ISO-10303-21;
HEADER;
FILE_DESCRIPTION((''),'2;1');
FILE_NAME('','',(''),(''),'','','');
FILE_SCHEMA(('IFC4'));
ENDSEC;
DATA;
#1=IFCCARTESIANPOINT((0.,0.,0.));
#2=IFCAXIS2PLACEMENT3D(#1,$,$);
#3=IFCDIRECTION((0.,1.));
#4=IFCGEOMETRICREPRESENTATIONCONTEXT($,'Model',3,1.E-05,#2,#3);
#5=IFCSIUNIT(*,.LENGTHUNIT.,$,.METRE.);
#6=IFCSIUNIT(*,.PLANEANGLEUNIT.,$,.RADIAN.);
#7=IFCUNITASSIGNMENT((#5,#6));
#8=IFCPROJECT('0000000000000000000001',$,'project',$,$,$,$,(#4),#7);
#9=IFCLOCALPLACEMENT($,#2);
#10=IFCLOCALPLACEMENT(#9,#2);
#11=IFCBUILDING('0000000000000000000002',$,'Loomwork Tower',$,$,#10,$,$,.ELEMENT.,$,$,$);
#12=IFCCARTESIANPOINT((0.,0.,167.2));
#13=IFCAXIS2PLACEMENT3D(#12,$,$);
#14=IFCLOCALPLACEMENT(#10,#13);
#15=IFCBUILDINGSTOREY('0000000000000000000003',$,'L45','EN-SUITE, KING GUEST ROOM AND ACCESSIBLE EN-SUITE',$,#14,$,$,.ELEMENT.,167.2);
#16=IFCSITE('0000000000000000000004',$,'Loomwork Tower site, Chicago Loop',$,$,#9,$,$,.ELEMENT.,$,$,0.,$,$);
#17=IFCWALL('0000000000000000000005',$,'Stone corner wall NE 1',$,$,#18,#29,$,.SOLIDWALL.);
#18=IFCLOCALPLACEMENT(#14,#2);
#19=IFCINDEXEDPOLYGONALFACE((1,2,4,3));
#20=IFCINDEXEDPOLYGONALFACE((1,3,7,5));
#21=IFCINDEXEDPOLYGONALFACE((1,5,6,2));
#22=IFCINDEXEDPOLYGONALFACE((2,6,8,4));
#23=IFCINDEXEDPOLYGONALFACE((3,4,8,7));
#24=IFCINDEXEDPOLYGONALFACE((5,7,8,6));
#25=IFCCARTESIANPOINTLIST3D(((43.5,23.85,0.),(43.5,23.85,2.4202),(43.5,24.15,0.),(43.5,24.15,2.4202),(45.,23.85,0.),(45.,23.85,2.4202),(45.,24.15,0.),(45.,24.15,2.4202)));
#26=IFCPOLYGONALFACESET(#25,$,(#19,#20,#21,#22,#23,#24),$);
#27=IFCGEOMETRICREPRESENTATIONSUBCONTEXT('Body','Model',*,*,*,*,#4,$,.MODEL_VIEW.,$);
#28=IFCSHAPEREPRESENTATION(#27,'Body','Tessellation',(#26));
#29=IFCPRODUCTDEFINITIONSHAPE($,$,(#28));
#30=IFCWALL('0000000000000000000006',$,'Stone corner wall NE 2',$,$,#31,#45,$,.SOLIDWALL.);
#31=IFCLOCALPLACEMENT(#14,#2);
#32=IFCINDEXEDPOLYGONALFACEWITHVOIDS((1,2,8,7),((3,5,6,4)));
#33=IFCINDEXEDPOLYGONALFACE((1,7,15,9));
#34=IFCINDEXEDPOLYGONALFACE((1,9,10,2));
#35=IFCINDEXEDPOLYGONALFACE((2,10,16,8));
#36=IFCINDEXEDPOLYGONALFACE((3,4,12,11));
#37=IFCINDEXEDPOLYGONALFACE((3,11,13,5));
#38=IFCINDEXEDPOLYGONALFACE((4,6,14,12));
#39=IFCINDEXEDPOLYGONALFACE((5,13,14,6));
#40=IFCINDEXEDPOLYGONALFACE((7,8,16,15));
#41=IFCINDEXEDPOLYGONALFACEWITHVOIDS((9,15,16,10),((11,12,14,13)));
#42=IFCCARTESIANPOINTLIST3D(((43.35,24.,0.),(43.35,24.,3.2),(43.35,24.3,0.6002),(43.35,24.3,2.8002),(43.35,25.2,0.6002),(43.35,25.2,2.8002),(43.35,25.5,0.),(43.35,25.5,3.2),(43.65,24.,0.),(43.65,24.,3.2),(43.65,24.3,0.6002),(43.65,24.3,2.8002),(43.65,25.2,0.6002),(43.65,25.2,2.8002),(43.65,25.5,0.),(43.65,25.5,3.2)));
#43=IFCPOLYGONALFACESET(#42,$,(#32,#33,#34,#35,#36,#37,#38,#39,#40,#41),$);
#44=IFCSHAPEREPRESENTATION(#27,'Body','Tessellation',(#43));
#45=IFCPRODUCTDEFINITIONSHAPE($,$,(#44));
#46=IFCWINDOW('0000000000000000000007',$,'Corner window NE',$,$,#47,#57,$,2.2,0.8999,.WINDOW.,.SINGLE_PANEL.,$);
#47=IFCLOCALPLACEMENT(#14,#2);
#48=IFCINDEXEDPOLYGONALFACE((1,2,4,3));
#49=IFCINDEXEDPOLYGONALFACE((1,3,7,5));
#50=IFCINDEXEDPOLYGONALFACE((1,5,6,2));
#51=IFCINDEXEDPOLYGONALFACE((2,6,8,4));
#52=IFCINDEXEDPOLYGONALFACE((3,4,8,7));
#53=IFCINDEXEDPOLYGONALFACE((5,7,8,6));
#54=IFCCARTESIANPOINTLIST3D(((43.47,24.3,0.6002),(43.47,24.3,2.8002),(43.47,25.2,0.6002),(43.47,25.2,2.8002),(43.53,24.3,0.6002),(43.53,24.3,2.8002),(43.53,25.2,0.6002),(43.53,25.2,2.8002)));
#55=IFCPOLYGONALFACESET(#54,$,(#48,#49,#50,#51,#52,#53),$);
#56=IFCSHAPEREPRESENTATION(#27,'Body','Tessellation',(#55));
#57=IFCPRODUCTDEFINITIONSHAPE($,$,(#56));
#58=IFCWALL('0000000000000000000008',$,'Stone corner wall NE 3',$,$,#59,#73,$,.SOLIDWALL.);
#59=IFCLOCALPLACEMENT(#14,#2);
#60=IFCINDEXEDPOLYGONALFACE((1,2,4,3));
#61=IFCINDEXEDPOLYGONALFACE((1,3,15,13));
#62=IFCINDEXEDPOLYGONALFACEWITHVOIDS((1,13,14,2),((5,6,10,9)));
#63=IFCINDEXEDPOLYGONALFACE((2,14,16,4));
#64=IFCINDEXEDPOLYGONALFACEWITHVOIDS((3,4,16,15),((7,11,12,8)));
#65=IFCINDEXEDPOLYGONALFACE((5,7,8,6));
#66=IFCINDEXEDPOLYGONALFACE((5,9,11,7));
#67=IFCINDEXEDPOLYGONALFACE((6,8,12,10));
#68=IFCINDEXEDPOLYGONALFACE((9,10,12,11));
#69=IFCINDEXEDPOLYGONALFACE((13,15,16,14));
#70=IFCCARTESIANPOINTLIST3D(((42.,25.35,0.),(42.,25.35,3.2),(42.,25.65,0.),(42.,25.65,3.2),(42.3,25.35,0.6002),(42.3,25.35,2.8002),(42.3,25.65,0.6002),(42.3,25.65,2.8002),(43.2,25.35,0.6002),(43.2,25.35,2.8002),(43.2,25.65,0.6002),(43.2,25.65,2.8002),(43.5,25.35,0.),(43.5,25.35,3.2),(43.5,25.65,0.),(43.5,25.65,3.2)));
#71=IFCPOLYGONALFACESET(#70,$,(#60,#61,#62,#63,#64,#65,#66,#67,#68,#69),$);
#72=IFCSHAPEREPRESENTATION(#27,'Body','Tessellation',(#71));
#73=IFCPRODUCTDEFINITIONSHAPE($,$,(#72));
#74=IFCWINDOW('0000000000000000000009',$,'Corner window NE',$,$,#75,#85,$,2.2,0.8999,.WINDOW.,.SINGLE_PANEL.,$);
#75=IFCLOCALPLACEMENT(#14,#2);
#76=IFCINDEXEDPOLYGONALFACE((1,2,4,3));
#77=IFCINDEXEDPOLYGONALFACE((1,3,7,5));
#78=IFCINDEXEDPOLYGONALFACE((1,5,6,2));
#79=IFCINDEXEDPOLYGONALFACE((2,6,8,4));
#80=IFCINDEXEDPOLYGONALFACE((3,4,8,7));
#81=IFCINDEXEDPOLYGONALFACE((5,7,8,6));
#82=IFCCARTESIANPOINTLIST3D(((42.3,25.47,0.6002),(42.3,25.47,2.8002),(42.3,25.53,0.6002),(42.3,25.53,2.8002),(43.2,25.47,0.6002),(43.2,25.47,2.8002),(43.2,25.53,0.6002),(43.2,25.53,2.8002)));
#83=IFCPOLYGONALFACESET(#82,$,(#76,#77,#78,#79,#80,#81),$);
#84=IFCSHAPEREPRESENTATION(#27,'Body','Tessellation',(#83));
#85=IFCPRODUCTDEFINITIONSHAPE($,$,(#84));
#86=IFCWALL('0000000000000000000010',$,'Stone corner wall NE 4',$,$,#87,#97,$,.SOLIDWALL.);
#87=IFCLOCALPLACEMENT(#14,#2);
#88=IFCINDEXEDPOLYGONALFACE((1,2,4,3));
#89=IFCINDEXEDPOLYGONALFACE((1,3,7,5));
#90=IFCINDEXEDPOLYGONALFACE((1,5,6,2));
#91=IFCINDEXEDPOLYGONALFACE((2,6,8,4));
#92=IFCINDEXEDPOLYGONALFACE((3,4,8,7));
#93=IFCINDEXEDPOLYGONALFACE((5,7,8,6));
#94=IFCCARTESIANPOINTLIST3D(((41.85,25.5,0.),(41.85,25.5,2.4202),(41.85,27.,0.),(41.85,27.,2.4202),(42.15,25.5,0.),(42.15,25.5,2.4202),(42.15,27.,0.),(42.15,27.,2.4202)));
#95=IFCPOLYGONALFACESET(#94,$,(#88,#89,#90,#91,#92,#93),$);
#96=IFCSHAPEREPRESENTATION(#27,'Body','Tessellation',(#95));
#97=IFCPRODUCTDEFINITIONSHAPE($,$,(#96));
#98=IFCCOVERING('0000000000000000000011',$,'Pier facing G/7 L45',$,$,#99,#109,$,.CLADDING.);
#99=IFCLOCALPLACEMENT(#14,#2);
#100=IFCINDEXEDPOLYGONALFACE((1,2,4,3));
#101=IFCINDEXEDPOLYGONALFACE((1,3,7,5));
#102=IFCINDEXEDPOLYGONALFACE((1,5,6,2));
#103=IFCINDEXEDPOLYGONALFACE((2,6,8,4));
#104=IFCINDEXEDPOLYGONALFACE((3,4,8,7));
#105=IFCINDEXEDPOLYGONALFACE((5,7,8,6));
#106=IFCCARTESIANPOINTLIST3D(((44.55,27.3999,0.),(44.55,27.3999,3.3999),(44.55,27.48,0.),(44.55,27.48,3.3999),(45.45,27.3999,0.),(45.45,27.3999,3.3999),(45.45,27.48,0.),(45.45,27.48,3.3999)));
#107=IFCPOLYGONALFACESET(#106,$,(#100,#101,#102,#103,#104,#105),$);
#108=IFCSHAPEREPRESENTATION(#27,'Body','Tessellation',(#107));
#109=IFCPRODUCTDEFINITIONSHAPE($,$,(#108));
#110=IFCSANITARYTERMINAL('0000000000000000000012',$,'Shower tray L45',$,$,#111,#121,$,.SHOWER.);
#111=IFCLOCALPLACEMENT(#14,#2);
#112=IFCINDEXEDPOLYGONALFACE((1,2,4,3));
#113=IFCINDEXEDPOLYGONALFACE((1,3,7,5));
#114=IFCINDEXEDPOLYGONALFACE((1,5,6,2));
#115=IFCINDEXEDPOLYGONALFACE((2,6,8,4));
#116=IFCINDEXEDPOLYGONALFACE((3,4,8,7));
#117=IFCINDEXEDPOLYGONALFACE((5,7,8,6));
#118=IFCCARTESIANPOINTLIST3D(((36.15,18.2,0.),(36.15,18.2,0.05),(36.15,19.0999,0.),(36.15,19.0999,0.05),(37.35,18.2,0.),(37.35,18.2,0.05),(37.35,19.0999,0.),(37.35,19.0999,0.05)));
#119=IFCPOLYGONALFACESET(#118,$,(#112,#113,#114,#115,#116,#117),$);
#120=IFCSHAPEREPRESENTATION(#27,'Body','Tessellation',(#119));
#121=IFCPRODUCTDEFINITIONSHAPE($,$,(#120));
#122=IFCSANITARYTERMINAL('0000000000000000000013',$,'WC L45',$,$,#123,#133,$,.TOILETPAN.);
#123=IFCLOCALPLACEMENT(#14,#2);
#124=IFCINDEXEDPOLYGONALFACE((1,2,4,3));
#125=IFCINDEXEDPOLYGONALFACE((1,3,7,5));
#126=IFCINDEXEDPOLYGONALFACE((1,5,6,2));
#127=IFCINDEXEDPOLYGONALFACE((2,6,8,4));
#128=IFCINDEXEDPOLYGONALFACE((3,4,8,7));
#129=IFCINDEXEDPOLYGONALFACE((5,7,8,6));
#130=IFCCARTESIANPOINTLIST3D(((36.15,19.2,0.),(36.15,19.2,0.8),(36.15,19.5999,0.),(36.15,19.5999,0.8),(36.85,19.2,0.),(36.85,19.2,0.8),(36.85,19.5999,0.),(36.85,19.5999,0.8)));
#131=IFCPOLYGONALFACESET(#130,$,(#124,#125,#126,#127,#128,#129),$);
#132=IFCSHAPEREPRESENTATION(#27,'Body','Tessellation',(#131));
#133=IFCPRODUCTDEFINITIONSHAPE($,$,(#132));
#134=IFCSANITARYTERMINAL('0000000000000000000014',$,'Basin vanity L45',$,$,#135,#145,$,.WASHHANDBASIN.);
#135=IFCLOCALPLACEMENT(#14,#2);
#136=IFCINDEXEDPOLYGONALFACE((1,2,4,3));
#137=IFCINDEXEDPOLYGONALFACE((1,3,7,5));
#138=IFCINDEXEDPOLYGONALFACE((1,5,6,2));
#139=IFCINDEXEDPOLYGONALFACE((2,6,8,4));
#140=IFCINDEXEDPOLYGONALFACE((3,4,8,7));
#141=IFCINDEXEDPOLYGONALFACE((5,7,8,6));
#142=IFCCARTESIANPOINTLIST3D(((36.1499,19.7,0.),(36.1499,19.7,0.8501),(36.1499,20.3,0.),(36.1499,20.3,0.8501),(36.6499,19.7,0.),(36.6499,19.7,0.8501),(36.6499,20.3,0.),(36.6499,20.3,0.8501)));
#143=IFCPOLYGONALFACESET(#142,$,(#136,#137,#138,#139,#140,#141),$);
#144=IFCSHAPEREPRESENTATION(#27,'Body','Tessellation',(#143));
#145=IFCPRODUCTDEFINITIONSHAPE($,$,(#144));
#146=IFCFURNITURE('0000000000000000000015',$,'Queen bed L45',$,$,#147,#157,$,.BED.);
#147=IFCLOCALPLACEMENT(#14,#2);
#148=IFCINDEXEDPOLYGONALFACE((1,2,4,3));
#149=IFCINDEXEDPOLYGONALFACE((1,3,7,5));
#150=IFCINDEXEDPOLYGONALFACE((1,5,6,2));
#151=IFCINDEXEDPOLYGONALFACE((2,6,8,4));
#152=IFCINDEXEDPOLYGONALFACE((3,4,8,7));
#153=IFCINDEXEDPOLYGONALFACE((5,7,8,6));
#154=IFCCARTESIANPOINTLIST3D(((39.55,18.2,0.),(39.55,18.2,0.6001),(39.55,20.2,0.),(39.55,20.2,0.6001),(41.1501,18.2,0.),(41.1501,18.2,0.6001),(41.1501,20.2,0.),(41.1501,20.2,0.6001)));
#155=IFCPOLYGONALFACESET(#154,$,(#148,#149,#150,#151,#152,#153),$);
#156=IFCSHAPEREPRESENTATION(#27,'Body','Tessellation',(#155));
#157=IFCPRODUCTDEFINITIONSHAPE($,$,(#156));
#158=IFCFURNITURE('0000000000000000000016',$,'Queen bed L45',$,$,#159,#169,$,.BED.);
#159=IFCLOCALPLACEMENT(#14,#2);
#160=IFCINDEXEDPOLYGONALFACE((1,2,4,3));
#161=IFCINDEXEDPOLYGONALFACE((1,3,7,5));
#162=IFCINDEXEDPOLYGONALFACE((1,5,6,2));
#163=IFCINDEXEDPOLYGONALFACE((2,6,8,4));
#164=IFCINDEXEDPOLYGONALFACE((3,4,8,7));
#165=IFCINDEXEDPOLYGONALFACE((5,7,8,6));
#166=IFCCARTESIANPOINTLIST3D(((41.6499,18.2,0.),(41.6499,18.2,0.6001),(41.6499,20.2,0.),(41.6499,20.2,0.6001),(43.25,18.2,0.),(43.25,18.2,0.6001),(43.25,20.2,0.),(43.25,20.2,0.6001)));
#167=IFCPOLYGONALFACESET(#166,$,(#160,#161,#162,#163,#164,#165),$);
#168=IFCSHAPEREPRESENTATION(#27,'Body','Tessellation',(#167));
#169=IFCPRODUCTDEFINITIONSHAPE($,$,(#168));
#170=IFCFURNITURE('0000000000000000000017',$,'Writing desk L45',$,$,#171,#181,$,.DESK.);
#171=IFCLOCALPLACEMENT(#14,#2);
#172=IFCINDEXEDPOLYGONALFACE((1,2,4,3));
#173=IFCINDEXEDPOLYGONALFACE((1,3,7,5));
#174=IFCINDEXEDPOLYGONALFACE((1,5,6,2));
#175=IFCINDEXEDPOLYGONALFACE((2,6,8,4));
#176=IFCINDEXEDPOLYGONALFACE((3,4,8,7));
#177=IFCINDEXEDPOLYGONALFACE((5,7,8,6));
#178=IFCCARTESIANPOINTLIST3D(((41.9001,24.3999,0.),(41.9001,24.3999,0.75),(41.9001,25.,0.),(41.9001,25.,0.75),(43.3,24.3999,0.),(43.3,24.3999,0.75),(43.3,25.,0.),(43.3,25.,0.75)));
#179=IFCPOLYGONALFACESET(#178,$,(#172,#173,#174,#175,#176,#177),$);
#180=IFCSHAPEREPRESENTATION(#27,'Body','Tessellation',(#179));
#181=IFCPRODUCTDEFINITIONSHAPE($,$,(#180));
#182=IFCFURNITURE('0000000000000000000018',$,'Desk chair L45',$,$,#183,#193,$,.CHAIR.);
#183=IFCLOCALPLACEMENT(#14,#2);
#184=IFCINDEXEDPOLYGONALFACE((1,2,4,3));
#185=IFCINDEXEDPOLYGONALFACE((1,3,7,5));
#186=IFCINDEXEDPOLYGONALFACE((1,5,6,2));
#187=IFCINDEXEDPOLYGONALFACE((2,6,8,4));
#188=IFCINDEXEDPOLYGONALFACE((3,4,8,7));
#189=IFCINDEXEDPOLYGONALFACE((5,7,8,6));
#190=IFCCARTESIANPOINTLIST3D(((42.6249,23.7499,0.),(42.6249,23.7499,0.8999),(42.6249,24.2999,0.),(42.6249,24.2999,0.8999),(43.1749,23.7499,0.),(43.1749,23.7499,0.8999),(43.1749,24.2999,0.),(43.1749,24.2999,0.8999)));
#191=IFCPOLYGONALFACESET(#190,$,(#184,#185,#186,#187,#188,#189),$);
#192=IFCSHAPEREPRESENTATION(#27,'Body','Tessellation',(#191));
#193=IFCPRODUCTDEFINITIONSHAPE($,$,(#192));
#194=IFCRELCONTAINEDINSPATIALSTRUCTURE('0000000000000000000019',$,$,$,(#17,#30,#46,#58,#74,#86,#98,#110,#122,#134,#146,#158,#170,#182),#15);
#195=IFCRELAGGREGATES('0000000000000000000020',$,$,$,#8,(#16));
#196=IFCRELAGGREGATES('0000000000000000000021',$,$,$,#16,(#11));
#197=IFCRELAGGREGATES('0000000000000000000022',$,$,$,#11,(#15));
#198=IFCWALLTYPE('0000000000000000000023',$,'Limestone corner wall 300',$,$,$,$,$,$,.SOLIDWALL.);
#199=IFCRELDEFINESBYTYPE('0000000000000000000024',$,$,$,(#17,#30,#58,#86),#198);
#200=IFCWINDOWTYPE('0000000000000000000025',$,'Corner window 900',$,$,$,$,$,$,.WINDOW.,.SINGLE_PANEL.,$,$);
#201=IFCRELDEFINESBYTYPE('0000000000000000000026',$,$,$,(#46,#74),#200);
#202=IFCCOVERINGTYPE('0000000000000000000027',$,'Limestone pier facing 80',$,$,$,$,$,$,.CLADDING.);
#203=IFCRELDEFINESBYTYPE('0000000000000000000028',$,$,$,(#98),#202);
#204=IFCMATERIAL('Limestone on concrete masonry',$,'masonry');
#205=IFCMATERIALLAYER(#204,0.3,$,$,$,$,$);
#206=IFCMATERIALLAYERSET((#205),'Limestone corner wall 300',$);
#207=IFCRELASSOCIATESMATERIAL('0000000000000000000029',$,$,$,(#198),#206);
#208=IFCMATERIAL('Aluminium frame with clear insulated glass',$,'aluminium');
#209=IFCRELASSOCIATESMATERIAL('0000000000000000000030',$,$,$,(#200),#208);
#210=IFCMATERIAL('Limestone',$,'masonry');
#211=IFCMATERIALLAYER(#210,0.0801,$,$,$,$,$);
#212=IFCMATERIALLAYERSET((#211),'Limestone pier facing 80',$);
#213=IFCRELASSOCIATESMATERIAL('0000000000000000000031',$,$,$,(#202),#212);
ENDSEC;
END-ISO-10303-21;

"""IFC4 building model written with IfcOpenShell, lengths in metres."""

from ifc_helpers import new_model, si_unit, direction, frame, frame_2d, origin, origin_2d, place, context, subcontext, project, spatial, rectangle, extrude, material, layer, layer_set, type_object, element, fill, save


model = new_model("IFC4")

# Units and contexts
model_context = context("Model", 3, precision=1e-05, world=origin(), true_north=direction((0.0, 1.0)))
body_context = subcontext(model_context, "Body", "Model", "MODEL_VIEW")
ifc_project = project(units=[si_unit("LENGTHUNIT", "METRE"), si_unit("PLANEANGLEUNIT", "RADIAN")], contexts=[model_context])

# Site, building, storey
site_placement = place(None, origin())
site = spatial("IfcSite", under=ifc_project, at=site_placement, Name="Loomwork Tower site, Chicago Loop", CompositionType="ELEMENT", RefElevation=0.0)
building_placement = place(site_placement, origin())
building = spatial("IfcBuilding", under=site, at=building_placement, Name="Loomwork Tower", CompositionType="ELEMENT")
storey_placement = place(building_placement, frame((0.0, 0.0, 167.2)))
storey = spatial("IfcBuildingStorey", under=building, at=storey_placement, Name="L45", Description="EN-SUITE, KING GUEST ROOM AND ACCESSIBLE EN-SUITE", CompositionType="ELEMENT", Elevation=167.2)

# Wall
ifc_material_1 = material(Name="Limestone on concrete masonry", Category="masonry")
ifc_layer_1 = layer(ifc_material_1, 0.3)
ifc_layer_set_1 = layer_set([ifc_layer_1], Name="Limestone corner wall 300")
wall_type = type_object("IfcWallType", Name="Limestone corner wall 300", PredefinedType="SOLIDWALL", material=ifc_layer_set_1)
wall_1_placement = place(storey_placement, frame((45.0, 24.0, 0.0), z_axis=(0.0, 0.0, 1.0), x_axis=(-1.0, 0.0, 0.0)))
element("IfcWall", 1, at=wall_1_placement, inside=storey, type_object=wall_type, Name="Stone corner wall NE 1", PredefinedType="SOLIDWALL", context=body_context, shape_type="SweptSolid", body=[
    extrude(rectangle(XDim=1.5, YDim=0.3, at=frame_2d((0.75, 0.0))), origin(), (0.0, 0.0, 1.0), 2.4202),
])

# Walls, openings, windows
wall_2_placement = place(storey_placement, frame((43.5, 24.0, 0.0), z_axis=(0.0, 0.0, 1.0), x_axis=(0.0, 1.0, 0.0)))
wall_2 = element("IfcWall", 2, at=wall_2_placement, inside=storey, type_object=wall_type, Name="Stone corner wall NE 2", PredefinedType="SOLIDWALL", context=body_context, shape_type="SweptSolid", body=[
    extrude(rectangle(XDim=1.5, YDim=0.3, at=frame_2d((0.75, 0.0))), origin(), (0.0, 0.0, 1.0), 3.2),
])
opening_1_placement = place(wall_2_placement, frame((0.3, 0.0, 0.6001)))
opening_1 = element("IfcOpeningElement", 3, at=opening_1_placement, cuts=wall_2, PredefinedType="OPENING", context=body_context, shape_type="SweptSolid", body=[
    extrude(rectangle(XDim=0.8999, YDim=2.2, at=frame_2d((0.45, 1.1001))), frame((0.0, 0.1599, 0.0), z_axis=(0.0, -1.0, 0.0), x_axis=(1.0, 0.0, 0.0)), (0.0, 0.0, 1.0), 0.3201),
])
ifc_material_2 = material(Name="Aluminium frame with clear insulated glass", Category="aluminium")
window_type = type_object("IfcWindowType", Name="Corner window 900", PartitioningType="SINGLE_PANEL", PredefinedType="WINDOW", material=ifc_material_2)
window_1_placement = place(opening_1_placement, origin())
window_1 = element("IfcWindow", 4, at=window_1_placement, inside=storey, type_object=window_type, Name="Corner window NE", OverallHeight=2.2, OverallWidth=0.8999, PartitioningType="SINGLE_PANEL", PredefinedType="WINDOW", context=body_context, shape_type="SweptSolid", body=[
    extrude(rectangle(XDim=0.8999, YDim=2.2, at=frame_2d((0.45, 1.1001))), frame((0.0, 0.03, 0.0), z_axis=(0.0, -1.0, 0.0), x_axis=(1.0, 0.0, 0.0)), (0.0, 0.0, 1.0), 0.0601),
])
fill(opening_1, window_1)
wall_3_placement = place(storey_placement, frame((43.5, 25.5, 0.0), z_axis=(0.0, 0.0, 1.0), x_axis=(-1.0, 0.0, 0.0)))
wall_3 = element("IfcWall", 5, at=wall_3_placement, inside=storey, type_object=wall_type, Name="Stone corner wall NE 3", PredefinedType="SOLIDWALL", context=body_context, shape_type="SweptSolid", body=[
    extrude(rectangle(XDim=1.5, YDim=0.3, at=frame_2d((0.75, 0.0))), origin(), (0.0, 0.0, 1.0), 3.2),
])
opening_2_placement = place(wall_3_placement, frame((0.3, 0.0, 0.6001)))
opening_2 = element("IfcOpeningElement", 6, at=opening_2_placement, cuts=wall_3, PredefinedType="OPENING", context=body_context, shape_type="SweptSolid", body=[
    extrude(rectangle(XDim=0.8999, YDim=2.2, at=frame_2d((0.45, 1.1001))), frame((0.0, 0.1599, 0.0), z_axis=(0.0, -1.0, 0.0), x_axis=(1.0, 0.0, 0.0)), (0.0, 0.0, 1.0), 0.3201),
])
window_2_placement = place(opening_2_placement, origin())
window_2 = element("IfcWindow", 7, at=window_2_placement, inside=storey, type_object=window_type, Name="Corner window NE", OverallHeight=2.2, OverallWidth=0.8999, PartitioningType="SINGLE_PANEL", PredefinedType="WINDOW", context=body_context, shape_type="SweptSolid", body=[
    extrude(rectangle(XDim=0.8999, YDim=2.2, at=frame_2d((0.45, 1.1001))), frame((0.0, 0.03, 0.0), z_axis=(0.0, -1.0, 0.0), x_axis=(1.0, 0.0, 0.0)), (0.0, 0.0, 1.0), 0.0601),
])
fill(opening_2, window_2)

# Wall
wall_4_placement = place(storey_placement, frame((42.0, 25.5, 0.0), z_axis=(0.0, 0.0, 1.0), x_axis=(0.0, 1.0, 0.0)))
element("IfcWall", 8, at=wall_4_placement, inside=storey, type_object=wall_type, Name="Stone corner wall NE 4", PredefinedType="SOLIDWALL", context=body_context, shape_type="SweptSolid", body=[
    extrude(rectangle(XDim=1.5, YDim=0.3, at=frame_2d((0.75, 0.0))), origin(), (0.0, 0.0, 1.0), 2.4202),
])

# Covering
ifc_material_3 = material(Name="Limestone", Category="masonry")
ifc_layer_2 = layer(ifc_material_3, 0.0801)
ifc_layer_set_2 = layer_set([ifc_layer_2], Name="Limestone pier facing 80")
covering_type = type_object("IfcCoveringType", Name="Limestone pier facing 80", PredefinedType="CLADDING", material=ifc_layer_set_2)
covering_placement = place(storey_placement, frame((45.0, 27.4399, 0.0), z_axis=(0.0, 0.0, 1.0), x_axis=(1.0, 0.0, 0.0)))
element("IfcCovering", 9, at=covering_placement, inside=storey, type_object=covering_type, Name="Pier facing G/7 L45", PredefinedType="CLADDING", context=body_context, shape_type="SweptSolid", body=[
    extrude(rectangle(XDim=0.8999, YDim=0.0801, at=origin_2d()), origin(), (0.0, 0.0, 1.0), 3.3999),
])

# Sanitary terminals
sanitary_terminal_1_placement = place(storey_placement, frame((36.75, 18.6499, 0.0), z_axis=(0.0, 0.0, 1.0), x_axis=(1.0, 0.0, 0.0)))
element("IfcSanitaryTerminal", 10, at=sanitary_terminal_1_placement, inside=storey, Name="Shower tray L45", PredefinedType="SHOWER", context=body_context, shape_type="SweptSolid", body=[
    extrude(rectangle(XDim=1.2, YDim=0.8999, at=origin_2d()), origin(), (0.0, 0.0, 1.0), 0.05),
])
sanitary_terminal_2_placement = place(storey_placement, frame((36.5, 19.3999, 0.0), z_axis=(0.0, 0.0, 1.0), x_axis=(1.0, 0.0, 0.0)))
element("IfcSanitaryTerminal", 11, at=sanitary_terminal_2_placement, inside=storey, Name="WC L45", PredefinedType="TOILETPAN", context=body_context, shape_type="SweptSolid", body=[
    extrude(rectangle(XDim=0.7, YDim=0.3999, at=origin_2d()), origin(), (0.0, 0.0, 1.0), 0.8),
])
sanitary_terminal_3_placement = place(storey_placement, frame((36.3999, 20.0, 0.0), z_axis=(0.0, 0.0, 1.0), x_axis=(1.0, 0.0, 0.0)))
element("IfcSanitaryTerminal", 12, at=sanitary_terminal_3_placement, inside=storey, Name="Basin vanity L45", PredefinedType="WASHHANDBASIN", context=body_context, shape_type="SweptSolid", body=[
    extrude(rectangle(XDim=0.5, YDim=0.6001, at=origin_2d()), origin(), (0.0, 0.0, 1.0), 0.8501),
])

# Furniture
for number, where, z_axis, x_axis, name in (
    (13, (40.3501, 19.2, 0.0), (0.0, 0.0, 1.0), (1.0, 0.0, 0.0), "Queen bed L45"),
    (14, (42.45, 19.2, 0.0), (0.0, 0.0, 1.0), (1.0, 0.0, 0.0), "Queen bed L45"),
):
    element("IfcFurniture", number, at=place(storey_placement, frame(where, z_axis=z_axis, x_axis=x_axis)), inside=storey, Name=name, PredefinedType="BED", context=body_context, shape_type="SweptSolid", body=[
        extrude(rectangle(XDim=1.6001, YDim=2.0, at=origin_2d()), origin(), (0.0, 0.0, 1.0), 0.6001),
    ])
furniture_1_placement = place(storey_placement, frame((42.6001, 24.7, 0.0), z_axis=(0.0, 0.0, 1.0), x_axis=(1.0, 0.0, 0.0)))
element("IfcFurniture", 15, at=furniture_1_placement, inside=storey, Name="Writing desk L45", PredefinedType="DESK", context=body_context, shape_type="SweptSolid", body=[
    extrude(rectangle(XDim=1.3999, YDim=0.6001, at=origin_2d()), origin(), (0.0, 0.0, 1.0), 0.75),
])
furniture_2_placement = place(storey_placement, frame((42.8999, 24.0249, 0.0), z_axis=(0.0, 0.0, 1.0), x_axis=(1.0, 0.0, 0.0)))
element("IfcFurniture", 16, at=furniture_2_placement, inside=storey, Name="Desk chair L45", PredefinedType="CHAIR", context=body_context, shape_type="SweptSolid", body=[
    extrude(rectangle(XDim=0.55, YDim=0.55, at=origin_2d()), origin(), (0.0, 0.0, 1.0), 0.8999),
])

save(model, "model.ifc")
